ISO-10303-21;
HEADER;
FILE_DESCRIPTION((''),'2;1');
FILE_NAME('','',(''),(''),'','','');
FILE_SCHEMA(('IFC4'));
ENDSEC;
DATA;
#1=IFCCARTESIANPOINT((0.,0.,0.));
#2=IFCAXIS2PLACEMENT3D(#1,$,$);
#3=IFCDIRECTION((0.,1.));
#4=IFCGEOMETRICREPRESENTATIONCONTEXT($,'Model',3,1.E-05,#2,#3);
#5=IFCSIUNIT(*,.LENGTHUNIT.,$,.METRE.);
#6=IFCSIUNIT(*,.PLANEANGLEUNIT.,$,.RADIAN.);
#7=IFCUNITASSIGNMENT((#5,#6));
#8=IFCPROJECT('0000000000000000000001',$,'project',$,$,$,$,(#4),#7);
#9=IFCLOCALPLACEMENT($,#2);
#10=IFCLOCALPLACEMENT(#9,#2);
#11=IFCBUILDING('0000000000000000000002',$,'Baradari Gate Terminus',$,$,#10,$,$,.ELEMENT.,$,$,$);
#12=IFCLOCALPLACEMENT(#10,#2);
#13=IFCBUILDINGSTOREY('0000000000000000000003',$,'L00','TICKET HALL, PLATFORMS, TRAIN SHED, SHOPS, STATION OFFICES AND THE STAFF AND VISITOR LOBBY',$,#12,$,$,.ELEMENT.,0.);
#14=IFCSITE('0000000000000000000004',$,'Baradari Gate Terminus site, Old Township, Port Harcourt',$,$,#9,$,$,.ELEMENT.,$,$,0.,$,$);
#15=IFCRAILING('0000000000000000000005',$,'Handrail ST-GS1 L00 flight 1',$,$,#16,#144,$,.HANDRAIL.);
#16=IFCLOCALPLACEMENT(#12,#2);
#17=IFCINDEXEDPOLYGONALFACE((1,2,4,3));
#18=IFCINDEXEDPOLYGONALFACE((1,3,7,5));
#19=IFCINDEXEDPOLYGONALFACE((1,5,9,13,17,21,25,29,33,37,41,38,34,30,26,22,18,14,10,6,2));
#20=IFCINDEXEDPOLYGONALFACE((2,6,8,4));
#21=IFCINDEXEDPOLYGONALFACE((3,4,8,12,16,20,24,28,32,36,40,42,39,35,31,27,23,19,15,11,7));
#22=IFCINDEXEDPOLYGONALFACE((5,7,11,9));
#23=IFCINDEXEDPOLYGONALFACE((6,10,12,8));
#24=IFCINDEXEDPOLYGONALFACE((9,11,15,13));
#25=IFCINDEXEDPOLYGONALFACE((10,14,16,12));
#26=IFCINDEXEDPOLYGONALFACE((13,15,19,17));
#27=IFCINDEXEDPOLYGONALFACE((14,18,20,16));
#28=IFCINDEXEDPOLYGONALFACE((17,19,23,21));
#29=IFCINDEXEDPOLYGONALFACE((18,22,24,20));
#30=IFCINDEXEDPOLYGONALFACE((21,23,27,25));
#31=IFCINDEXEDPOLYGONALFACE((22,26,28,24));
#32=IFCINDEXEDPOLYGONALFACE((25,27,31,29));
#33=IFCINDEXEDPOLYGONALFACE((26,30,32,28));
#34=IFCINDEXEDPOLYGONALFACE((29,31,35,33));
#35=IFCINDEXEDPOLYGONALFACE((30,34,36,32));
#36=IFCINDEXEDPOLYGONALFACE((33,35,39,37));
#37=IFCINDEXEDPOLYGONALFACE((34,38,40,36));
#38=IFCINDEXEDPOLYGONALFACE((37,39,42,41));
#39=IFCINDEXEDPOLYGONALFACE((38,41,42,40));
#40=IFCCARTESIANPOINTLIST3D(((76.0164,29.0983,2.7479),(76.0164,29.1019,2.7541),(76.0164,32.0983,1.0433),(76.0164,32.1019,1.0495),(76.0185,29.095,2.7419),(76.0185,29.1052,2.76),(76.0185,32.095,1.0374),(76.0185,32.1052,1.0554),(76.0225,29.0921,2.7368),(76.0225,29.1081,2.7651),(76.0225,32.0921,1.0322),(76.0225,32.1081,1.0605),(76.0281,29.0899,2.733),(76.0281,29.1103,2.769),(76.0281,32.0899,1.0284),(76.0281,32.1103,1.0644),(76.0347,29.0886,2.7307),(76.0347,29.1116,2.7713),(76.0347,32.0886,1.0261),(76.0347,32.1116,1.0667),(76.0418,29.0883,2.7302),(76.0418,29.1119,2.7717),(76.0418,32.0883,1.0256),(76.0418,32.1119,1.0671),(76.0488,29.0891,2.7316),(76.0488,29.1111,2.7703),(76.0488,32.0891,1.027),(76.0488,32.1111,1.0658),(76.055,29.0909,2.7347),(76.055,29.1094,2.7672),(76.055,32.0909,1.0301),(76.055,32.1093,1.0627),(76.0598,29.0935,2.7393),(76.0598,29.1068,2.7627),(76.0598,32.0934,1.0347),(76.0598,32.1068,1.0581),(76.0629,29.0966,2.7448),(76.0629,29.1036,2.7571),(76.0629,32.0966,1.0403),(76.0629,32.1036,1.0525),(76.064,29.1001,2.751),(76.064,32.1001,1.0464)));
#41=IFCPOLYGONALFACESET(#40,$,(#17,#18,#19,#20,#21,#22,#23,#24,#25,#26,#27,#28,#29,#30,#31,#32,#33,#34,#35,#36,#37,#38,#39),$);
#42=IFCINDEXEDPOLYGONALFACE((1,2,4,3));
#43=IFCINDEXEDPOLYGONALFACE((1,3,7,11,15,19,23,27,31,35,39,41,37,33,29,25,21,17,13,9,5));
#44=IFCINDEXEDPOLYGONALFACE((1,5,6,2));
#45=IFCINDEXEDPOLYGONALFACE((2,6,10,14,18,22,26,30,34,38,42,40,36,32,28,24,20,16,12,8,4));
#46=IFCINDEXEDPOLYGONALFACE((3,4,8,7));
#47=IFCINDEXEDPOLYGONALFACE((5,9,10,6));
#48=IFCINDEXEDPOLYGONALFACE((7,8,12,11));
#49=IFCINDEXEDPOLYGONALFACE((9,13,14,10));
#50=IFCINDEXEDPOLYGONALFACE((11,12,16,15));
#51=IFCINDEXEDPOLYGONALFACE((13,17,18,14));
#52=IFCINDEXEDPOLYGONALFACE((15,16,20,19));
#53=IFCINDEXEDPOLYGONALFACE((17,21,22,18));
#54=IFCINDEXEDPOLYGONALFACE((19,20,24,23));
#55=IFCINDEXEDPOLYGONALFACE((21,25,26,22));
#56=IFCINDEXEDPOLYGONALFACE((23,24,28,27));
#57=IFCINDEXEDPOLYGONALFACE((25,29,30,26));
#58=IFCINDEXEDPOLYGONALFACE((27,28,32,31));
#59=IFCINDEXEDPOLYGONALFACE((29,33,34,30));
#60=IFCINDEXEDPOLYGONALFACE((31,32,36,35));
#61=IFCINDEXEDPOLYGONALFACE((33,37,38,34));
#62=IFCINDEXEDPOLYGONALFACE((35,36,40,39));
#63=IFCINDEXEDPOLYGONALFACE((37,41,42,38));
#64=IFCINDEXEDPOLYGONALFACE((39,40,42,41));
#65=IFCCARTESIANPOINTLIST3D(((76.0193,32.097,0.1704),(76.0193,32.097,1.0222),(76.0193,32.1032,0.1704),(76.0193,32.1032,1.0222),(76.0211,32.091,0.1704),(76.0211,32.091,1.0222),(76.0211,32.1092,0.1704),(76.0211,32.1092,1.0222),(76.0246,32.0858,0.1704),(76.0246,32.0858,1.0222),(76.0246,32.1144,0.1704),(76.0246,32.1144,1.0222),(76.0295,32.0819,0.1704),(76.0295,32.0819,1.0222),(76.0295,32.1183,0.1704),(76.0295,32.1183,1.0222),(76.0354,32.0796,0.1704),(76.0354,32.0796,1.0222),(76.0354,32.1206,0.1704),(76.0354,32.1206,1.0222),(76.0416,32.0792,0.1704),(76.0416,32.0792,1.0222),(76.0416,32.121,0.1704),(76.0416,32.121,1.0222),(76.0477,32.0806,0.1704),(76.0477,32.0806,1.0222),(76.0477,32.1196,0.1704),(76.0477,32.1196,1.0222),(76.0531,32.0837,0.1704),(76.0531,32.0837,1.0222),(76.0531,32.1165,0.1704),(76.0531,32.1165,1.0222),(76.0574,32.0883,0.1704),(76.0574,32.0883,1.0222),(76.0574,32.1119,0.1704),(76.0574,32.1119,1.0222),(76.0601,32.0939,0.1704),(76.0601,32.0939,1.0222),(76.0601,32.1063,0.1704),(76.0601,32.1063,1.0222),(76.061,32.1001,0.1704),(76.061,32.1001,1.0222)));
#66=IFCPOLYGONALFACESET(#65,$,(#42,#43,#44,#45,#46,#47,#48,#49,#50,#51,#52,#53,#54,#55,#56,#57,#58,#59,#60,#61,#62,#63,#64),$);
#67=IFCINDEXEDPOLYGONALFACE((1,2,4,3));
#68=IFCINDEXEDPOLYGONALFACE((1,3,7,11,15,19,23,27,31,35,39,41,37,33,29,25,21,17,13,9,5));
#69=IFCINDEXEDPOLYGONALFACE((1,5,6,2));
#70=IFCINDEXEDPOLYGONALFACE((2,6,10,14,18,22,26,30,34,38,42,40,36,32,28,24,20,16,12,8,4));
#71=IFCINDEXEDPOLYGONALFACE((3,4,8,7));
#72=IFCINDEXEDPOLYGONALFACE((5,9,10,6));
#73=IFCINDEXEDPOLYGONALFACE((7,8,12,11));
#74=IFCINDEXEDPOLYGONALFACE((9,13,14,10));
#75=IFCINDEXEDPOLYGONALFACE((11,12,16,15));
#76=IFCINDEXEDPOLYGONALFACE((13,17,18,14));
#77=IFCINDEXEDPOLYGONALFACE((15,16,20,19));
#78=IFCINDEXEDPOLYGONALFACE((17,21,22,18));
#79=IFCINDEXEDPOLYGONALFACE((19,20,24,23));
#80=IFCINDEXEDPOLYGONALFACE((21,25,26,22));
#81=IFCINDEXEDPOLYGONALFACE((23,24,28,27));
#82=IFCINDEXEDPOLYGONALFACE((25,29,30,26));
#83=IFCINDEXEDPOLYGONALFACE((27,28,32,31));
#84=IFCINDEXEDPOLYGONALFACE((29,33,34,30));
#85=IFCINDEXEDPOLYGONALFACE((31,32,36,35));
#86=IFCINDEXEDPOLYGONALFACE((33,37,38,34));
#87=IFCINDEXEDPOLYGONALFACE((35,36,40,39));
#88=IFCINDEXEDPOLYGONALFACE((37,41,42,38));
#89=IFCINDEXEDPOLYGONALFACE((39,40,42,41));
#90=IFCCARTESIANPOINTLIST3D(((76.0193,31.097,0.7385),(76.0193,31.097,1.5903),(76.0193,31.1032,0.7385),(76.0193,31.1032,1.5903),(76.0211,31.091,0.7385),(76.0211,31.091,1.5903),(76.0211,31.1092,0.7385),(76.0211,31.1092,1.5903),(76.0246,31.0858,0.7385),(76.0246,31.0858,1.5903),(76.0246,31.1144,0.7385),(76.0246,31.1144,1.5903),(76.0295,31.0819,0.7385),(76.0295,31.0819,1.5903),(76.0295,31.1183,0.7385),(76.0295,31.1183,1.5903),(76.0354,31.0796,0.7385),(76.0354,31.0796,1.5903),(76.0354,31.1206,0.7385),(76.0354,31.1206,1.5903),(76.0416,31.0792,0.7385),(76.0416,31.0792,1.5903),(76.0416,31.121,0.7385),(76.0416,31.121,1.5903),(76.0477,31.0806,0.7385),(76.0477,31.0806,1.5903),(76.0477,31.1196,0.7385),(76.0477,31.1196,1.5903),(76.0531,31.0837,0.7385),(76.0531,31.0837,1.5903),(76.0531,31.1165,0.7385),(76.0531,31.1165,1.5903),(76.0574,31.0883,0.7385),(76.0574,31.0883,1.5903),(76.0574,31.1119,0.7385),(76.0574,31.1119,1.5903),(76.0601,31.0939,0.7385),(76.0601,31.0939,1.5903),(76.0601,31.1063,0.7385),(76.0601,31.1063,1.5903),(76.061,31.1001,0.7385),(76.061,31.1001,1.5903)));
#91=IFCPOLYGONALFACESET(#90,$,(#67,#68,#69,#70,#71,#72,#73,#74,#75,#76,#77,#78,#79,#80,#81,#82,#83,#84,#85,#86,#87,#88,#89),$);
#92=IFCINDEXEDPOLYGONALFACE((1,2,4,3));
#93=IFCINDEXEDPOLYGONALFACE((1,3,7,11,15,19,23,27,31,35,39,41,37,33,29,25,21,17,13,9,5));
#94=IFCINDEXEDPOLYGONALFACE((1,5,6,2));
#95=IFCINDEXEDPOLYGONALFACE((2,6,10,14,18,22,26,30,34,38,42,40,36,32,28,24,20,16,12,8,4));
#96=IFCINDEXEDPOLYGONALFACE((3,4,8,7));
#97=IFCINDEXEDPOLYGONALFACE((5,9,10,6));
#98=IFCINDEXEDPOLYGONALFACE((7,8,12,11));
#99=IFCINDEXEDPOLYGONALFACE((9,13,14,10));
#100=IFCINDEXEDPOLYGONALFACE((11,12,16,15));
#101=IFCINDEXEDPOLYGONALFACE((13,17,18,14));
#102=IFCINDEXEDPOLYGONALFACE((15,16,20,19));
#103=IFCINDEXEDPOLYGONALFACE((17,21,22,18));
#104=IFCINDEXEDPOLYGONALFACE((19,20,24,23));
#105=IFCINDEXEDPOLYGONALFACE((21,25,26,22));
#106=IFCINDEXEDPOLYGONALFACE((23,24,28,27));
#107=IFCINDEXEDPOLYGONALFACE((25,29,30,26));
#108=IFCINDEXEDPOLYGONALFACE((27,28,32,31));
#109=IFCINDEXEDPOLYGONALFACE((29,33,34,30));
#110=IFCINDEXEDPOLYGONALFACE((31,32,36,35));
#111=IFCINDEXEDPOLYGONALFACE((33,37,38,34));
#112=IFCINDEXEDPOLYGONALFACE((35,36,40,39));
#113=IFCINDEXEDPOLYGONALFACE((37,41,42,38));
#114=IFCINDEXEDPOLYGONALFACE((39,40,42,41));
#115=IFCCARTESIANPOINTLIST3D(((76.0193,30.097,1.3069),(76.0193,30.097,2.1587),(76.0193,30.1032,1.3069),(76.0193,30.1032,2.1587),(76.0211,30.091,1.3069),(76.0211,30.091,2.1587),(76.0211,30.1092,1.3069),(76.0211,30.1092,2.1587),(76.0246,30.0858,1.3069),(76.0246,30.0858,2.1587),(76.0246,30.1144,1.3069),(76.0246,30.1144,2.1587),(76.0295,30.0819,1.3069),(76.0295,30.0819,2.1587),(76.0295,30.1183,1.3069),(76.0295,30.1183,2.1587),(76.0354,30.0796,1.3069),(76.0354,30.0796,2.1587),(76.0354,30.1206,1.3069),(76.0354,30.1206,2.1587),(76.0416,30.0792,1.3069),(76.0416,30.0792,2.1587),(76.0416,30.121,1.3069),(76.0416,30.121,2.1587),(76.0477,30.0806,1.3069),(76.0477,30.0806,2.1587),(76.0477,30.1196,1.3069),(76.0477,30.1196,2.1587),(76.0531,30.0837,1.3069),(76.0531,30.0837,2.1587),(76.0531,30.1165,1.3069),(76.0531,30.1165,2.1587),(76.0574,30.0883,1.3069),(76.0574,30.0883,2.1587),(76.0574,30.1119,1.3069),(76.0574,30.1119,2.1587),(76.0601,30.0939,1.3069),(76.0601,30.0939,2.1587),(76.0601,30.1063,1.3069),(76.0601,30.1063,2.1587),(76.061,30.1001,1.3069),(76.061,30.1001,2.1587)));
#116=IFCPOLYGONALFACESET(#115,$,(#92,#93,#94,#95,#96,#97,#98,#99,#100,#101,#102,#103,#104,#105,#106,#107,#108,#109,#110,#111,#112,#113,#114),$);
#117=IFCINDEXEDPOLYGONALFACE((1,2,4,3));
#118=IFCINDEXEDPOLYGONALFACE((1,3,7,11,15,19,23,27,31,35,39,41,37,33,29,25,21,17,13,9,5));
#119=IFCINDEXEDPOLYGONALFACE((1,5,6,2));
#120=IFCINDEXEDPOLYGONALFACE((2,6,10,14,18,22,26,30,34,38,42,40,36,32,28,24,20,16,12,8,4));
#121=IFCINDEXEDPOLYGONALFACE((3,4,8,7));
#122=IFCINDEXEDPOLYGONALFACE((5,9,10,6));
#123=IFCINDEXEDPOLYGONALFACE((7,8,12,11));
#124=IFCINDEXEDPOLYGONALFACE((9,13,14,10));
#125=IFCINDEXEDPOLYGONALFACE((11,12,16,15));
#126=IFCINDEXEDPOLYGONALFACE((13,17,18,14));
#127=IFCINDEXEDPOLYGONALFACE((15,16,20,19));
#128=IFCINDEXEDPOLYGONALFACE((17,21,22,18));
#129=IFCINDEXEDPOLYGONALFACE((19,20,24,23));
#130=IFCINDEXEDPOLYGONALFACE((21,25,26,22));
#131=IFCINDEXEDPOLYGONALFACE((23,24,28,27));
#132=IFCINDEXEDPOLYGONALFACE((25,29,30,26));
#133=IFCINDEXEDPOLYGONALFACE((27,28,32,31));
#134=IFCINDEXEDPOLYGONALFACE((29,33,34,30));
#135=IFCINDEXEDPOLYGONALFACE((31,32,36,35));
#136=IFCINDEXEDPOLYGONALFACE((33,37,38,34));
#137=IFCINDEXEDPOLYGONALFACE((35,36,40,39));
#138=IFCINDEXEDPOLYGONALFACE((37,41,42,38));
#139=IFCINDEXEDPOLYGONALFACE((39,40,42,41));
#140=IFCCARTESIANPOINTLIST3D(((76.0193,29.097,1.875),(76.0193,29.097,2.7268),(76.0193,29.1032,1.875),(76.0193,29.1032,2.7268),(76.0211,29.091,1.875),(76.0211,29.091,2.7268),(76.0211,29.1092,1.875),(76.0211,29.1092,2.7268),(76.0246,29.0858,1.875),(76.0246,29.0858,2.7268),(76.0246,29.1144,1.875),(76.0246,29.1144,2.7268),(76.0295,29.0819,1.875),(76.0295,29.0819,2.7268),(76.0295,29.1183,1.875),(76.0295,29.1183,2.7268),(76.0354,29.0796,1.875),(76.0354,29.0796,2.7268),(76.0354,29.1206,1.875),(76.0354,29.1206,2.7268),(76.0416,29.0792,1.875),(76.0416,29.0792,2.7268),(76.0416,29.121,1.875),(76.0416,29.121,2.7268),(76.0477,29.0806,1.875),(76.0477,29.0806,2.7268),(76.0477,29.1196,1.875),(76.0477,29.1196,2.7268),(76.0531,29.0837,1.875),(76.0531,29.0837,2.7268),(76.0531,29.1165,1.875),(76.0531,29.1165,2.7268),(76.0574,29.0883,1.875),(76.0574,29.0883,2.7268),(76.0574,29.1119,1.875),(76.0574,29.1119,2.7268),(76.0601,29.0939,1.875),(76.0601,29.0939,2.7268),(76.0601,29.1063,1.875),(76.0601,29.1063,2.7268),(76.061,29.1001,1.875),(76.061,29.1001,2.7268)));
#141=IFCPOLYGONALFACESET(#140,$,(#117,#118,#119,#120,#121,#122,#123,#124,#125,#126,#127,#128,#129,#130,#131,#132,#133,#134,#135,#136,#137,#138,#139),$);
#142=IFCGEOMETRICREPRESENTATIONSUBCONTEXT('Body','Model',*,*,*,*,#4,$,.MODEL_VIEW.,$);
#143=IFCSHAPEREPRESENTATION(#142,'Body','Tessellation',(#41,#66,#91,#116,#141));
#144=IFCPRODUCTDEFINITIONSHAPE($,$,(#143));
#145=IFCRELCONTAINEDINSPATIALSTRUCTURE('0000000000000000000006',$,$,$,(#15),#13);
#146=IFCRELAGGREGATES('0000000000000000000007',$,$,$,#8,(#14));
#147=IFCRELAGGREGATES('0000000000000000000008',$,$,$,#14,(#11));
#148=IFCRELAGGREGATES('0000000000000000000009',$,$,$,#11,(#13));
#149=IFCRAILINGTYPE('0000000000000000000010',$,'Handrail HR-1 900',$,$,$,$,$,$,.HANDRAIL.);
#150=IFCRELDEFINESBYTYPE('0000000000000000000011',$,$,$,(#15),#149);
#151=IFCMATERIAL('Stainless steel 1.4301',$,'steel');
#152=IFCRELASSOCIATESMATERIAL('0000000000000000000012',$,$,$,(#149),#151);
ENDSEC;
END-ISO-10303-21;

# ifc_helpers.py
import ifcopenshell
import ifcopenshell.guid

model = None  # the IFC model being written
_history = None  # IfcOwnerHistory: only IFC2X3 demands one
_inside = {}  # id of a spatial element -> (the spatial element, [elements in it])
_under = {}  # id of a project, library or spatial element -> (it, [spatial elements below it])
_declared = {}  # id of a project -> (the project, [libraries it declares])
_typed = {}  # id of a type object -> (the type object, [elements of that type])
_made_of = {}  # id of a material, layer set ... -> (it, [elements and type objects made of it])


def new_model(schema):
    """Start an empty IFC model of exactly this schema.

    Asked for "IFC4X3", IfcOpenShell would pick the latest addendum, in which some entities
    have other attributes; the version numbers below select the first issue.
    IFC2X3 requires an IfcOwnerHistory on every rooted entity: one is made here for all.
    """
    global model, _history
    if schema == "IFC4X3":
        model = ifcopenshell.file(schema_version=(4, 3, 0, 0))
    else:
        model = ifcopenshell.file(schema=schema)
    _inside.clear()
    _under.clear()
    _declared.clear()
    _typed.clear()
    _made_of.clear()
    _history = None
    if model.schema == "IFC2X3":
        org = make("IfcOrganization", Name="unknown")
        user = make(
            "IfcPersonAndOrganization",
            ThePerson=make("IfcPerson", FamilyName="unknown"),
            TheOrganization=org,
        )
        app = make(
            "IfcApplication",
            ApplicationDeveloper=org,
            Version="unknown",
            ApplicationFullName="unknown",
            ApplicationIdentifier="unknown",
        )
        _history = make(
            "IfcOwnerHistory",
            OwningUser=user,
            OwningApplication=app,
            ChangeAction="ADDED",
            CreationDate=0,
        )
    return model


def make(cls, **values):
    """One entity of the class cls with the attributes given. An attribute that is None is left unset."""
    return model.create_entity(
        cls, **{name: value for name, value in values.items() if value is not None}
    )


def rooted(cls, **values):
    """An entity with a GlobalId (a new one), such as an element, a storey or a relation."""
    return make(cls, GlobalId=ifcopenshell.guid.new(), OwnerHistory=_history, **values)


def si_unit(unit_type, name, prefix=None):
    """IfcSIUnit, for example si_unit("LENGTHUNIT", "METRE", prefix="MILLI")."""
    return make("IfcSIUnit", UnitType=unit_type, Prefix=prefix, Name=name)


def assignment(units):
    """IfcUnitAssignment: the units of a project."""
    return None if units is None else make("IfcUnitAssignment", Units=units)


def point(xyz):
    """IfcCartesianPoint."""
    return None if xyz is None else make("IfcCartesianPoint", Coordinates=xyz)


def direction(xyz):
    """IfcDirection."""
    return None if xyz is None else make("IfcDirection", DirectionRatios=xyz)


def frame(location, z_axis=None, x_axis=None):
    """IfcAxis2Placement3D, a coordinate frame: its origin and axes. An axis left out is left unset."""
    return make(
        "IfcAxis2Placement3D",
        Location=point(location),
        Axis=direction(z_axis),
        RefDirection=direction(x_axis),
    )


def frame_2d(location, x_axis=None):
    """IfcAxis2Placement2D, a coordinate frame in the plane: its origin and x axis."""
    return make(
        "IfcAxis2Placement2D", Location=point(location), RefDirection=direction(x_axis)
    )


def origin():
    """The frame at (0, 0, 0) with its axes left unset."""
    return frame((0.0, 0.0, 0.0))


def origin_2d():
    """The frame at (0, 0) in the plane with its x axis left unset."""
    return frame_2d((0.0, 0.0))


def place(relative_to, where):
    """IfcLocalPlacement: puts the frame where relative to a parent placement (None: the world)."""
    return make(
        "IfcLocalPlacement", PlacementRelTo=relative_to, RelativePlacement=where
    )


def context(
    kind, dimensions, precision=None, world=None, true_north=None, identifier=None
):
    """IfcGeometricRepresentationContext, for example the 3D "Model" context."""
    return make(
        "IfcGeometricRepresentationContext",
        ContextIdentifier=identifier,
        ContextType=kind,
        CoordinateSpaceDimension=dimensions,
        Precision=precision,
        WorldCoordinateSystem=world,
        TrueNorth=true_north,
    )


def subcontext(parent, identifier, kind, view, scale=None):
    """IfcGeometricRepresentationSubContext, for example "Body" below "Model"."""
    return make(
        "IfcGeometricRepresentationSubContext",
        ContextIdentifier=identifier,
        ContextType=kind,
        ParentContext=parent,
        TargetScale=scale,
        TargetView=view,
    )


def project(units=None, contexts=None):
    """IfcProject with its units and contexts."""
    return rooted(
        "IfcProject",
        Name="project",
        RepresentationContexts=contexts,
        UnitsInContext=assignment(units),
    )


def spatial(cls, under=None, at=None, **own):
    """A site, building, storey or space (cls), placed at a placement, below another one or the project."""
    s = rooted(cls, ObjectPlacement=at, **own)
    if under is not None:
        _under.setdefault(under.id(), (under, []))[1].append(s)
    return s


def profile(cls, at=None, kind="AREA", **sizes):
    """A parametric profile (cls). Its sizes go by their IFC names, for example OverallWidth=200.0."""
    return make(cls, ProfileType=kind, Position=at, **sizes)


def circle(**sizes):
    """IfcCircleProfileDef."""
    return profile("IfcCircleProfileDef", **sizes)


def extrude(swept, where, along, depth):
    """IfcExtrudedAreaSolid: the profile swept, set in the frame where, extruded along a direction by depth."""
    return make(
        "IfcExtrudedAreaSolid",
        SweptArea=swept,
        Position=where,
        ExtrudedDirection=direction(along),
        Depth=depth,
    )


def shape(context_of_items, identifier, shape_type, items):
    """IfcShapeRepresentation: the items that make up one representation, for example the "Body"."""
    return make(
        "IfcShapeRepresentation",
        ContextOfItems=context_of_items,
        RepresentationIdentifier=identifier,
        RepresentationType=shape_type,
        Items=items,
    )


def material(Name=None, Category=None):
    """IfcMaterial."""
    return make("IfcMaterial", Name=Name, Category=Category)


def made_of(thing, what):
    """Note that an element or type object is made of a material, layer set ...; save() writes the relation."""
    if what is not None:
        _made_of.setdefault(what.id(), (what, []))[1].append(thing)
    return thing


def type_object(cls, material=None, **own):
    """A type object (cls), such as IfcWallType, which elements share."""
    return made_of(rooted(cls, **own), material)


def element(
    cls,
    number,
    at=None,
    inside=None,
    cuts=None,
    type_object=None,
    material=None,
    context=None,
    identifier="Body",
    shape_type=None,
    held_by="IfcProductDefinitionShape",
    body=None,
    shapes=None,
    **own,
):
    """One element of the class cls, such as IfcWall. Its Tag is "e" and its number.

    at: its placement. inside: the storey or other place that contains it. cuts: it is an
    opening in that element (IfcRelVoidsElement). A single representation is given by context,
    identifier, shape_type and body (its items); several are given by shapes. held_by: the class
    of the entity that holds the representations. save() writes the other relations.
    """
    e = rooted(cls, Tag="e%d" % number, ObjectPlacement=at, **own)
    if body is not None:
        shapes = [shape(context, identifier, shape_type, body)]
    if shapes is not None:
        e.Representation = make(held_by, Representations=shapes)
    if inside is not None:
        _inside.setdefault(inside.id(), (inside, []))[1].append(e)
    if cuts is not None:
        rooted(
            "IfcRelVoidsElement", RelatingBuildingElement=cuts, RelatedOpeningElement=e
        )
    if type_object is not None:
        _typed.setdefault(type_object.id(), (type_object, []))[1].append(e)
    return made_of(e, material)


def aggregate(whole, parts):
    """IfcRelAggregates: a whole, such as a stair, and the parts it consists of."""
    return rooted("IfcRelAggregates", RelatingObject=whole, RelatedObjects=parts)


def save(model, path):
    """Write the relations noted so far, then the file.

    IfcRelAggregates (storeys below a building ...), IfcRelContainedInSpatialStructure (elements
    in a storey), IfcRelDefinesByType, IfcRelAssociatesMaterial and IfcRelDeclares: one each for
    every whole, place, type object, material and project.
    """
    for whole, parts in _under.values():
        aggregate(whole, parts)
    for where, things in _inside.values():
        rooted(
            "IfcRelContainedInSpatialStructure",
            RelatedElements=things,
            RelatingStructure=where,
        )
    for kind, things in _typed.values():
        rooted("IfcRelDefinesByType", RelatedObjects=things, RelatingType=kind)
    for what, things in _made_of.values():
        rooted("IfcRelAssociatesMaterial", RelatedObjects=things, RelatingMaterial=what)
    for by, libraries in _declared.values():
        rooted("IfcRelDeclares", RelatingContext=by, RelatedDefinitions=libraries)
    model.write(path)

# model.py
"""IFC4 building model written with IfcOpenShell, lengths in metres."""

from ifc_helpers import new_model, si_unit, direction, frame, origin, origin_2d, place, context, subcontext, project, spatial, circle, extrude, material, type_object, element, save


model = new_model("IFC4")

# Units and contexts
model_context = context("Model", 3, precision=1e-05, world=origin(), true_north=direction((0.0, 1.0)))
body_context = subcontext(model_context, "Body", "Model", "MODEL_VIEW")
ifc_project = project(units=[si_unit("LENGTHUNIT", "METRE"), si_unit("PLANEANGLEUNIT", "RADIAN")], contexts=[model_context])

# Site, building, storey
site_placement = place(None, origin())
site = spatial("IfcSite", under=ifc_project, at=site_placement, Name="Baradari Gate Terminus site, Old Township, Port Harcourt", CompositionType="ELEMENT", RefElevation=0.0)
building_placement = place(site_placement, origin())
building = spatial("IfcBuilding", under=site, at=building_placement, Name="Baradari Gate Terminus", CompositionType="ELEMENT")
storey_placement = place(building_placement, origin())
storey = spatial("IfcBuildingStorey", under=building, at=storey_placement, Name="L00", Description="TICKET HALL, PLATFORMS, TRAIN SHED, SHOPS, STATION OFFICES AND THE STAFF AND VISITOR LOBBY", CompositionType="ELEMENT", Elevation=0.0)

# Railing
ifc_material_1 = material(Name="Stainless steel 1.4301", Category="steel")
railing_type_1 = type_object("IfcRailingType", Name="Handrail HR-1 900", PredefinedType="HANDRAIL", material=ifc_material_1)
for number, where, name in (
    (1, (76.04, 32.1001, 0.1704), "Handrail ST-GS1 L00 flight 1"),
):
    element("IfcRailing", number, at=place(storey_placement, frame(where)), inside=storey, type_object=railing_type_1, Name=name, PredefinedType="HANDRAIL", context=body_context, shape_type="SweptSolid", body=[
        extrude(circle(Radius=0.0239, at=origin_2d()), frame((0.0, 0.0, 0.876), z_axis=(0.0, -0.869451, 0.494019), x_axis=(1.0, 0.0, 0.0)), (0.0, 0.0, 1.0), 3.4504),
        extrude(circle(Radius=0.021, at=origin_2d()), origin(), (0.0, 0.0, 1.0), 0.8518),
        extrude(circle(Radius=0.021, at=origin_2d()), frame((0.0, -1.0, 0.5681)), (0.0, 0.0, 1.0), 0.8518),
        extrude(circle(Radius=0.021, at=origin_2d()), frame((0.0, -2.0, 1.1365)), (0.0, 0.0, 1.0), 0.8518),
        extrude(circle(Radius=0.021, at=origin_2d()), frame((0.0, -3.0, 1.7046)), (0.0, 0.0, 1.0), 0.8518),
    ])

save(model, "model.ifc")
